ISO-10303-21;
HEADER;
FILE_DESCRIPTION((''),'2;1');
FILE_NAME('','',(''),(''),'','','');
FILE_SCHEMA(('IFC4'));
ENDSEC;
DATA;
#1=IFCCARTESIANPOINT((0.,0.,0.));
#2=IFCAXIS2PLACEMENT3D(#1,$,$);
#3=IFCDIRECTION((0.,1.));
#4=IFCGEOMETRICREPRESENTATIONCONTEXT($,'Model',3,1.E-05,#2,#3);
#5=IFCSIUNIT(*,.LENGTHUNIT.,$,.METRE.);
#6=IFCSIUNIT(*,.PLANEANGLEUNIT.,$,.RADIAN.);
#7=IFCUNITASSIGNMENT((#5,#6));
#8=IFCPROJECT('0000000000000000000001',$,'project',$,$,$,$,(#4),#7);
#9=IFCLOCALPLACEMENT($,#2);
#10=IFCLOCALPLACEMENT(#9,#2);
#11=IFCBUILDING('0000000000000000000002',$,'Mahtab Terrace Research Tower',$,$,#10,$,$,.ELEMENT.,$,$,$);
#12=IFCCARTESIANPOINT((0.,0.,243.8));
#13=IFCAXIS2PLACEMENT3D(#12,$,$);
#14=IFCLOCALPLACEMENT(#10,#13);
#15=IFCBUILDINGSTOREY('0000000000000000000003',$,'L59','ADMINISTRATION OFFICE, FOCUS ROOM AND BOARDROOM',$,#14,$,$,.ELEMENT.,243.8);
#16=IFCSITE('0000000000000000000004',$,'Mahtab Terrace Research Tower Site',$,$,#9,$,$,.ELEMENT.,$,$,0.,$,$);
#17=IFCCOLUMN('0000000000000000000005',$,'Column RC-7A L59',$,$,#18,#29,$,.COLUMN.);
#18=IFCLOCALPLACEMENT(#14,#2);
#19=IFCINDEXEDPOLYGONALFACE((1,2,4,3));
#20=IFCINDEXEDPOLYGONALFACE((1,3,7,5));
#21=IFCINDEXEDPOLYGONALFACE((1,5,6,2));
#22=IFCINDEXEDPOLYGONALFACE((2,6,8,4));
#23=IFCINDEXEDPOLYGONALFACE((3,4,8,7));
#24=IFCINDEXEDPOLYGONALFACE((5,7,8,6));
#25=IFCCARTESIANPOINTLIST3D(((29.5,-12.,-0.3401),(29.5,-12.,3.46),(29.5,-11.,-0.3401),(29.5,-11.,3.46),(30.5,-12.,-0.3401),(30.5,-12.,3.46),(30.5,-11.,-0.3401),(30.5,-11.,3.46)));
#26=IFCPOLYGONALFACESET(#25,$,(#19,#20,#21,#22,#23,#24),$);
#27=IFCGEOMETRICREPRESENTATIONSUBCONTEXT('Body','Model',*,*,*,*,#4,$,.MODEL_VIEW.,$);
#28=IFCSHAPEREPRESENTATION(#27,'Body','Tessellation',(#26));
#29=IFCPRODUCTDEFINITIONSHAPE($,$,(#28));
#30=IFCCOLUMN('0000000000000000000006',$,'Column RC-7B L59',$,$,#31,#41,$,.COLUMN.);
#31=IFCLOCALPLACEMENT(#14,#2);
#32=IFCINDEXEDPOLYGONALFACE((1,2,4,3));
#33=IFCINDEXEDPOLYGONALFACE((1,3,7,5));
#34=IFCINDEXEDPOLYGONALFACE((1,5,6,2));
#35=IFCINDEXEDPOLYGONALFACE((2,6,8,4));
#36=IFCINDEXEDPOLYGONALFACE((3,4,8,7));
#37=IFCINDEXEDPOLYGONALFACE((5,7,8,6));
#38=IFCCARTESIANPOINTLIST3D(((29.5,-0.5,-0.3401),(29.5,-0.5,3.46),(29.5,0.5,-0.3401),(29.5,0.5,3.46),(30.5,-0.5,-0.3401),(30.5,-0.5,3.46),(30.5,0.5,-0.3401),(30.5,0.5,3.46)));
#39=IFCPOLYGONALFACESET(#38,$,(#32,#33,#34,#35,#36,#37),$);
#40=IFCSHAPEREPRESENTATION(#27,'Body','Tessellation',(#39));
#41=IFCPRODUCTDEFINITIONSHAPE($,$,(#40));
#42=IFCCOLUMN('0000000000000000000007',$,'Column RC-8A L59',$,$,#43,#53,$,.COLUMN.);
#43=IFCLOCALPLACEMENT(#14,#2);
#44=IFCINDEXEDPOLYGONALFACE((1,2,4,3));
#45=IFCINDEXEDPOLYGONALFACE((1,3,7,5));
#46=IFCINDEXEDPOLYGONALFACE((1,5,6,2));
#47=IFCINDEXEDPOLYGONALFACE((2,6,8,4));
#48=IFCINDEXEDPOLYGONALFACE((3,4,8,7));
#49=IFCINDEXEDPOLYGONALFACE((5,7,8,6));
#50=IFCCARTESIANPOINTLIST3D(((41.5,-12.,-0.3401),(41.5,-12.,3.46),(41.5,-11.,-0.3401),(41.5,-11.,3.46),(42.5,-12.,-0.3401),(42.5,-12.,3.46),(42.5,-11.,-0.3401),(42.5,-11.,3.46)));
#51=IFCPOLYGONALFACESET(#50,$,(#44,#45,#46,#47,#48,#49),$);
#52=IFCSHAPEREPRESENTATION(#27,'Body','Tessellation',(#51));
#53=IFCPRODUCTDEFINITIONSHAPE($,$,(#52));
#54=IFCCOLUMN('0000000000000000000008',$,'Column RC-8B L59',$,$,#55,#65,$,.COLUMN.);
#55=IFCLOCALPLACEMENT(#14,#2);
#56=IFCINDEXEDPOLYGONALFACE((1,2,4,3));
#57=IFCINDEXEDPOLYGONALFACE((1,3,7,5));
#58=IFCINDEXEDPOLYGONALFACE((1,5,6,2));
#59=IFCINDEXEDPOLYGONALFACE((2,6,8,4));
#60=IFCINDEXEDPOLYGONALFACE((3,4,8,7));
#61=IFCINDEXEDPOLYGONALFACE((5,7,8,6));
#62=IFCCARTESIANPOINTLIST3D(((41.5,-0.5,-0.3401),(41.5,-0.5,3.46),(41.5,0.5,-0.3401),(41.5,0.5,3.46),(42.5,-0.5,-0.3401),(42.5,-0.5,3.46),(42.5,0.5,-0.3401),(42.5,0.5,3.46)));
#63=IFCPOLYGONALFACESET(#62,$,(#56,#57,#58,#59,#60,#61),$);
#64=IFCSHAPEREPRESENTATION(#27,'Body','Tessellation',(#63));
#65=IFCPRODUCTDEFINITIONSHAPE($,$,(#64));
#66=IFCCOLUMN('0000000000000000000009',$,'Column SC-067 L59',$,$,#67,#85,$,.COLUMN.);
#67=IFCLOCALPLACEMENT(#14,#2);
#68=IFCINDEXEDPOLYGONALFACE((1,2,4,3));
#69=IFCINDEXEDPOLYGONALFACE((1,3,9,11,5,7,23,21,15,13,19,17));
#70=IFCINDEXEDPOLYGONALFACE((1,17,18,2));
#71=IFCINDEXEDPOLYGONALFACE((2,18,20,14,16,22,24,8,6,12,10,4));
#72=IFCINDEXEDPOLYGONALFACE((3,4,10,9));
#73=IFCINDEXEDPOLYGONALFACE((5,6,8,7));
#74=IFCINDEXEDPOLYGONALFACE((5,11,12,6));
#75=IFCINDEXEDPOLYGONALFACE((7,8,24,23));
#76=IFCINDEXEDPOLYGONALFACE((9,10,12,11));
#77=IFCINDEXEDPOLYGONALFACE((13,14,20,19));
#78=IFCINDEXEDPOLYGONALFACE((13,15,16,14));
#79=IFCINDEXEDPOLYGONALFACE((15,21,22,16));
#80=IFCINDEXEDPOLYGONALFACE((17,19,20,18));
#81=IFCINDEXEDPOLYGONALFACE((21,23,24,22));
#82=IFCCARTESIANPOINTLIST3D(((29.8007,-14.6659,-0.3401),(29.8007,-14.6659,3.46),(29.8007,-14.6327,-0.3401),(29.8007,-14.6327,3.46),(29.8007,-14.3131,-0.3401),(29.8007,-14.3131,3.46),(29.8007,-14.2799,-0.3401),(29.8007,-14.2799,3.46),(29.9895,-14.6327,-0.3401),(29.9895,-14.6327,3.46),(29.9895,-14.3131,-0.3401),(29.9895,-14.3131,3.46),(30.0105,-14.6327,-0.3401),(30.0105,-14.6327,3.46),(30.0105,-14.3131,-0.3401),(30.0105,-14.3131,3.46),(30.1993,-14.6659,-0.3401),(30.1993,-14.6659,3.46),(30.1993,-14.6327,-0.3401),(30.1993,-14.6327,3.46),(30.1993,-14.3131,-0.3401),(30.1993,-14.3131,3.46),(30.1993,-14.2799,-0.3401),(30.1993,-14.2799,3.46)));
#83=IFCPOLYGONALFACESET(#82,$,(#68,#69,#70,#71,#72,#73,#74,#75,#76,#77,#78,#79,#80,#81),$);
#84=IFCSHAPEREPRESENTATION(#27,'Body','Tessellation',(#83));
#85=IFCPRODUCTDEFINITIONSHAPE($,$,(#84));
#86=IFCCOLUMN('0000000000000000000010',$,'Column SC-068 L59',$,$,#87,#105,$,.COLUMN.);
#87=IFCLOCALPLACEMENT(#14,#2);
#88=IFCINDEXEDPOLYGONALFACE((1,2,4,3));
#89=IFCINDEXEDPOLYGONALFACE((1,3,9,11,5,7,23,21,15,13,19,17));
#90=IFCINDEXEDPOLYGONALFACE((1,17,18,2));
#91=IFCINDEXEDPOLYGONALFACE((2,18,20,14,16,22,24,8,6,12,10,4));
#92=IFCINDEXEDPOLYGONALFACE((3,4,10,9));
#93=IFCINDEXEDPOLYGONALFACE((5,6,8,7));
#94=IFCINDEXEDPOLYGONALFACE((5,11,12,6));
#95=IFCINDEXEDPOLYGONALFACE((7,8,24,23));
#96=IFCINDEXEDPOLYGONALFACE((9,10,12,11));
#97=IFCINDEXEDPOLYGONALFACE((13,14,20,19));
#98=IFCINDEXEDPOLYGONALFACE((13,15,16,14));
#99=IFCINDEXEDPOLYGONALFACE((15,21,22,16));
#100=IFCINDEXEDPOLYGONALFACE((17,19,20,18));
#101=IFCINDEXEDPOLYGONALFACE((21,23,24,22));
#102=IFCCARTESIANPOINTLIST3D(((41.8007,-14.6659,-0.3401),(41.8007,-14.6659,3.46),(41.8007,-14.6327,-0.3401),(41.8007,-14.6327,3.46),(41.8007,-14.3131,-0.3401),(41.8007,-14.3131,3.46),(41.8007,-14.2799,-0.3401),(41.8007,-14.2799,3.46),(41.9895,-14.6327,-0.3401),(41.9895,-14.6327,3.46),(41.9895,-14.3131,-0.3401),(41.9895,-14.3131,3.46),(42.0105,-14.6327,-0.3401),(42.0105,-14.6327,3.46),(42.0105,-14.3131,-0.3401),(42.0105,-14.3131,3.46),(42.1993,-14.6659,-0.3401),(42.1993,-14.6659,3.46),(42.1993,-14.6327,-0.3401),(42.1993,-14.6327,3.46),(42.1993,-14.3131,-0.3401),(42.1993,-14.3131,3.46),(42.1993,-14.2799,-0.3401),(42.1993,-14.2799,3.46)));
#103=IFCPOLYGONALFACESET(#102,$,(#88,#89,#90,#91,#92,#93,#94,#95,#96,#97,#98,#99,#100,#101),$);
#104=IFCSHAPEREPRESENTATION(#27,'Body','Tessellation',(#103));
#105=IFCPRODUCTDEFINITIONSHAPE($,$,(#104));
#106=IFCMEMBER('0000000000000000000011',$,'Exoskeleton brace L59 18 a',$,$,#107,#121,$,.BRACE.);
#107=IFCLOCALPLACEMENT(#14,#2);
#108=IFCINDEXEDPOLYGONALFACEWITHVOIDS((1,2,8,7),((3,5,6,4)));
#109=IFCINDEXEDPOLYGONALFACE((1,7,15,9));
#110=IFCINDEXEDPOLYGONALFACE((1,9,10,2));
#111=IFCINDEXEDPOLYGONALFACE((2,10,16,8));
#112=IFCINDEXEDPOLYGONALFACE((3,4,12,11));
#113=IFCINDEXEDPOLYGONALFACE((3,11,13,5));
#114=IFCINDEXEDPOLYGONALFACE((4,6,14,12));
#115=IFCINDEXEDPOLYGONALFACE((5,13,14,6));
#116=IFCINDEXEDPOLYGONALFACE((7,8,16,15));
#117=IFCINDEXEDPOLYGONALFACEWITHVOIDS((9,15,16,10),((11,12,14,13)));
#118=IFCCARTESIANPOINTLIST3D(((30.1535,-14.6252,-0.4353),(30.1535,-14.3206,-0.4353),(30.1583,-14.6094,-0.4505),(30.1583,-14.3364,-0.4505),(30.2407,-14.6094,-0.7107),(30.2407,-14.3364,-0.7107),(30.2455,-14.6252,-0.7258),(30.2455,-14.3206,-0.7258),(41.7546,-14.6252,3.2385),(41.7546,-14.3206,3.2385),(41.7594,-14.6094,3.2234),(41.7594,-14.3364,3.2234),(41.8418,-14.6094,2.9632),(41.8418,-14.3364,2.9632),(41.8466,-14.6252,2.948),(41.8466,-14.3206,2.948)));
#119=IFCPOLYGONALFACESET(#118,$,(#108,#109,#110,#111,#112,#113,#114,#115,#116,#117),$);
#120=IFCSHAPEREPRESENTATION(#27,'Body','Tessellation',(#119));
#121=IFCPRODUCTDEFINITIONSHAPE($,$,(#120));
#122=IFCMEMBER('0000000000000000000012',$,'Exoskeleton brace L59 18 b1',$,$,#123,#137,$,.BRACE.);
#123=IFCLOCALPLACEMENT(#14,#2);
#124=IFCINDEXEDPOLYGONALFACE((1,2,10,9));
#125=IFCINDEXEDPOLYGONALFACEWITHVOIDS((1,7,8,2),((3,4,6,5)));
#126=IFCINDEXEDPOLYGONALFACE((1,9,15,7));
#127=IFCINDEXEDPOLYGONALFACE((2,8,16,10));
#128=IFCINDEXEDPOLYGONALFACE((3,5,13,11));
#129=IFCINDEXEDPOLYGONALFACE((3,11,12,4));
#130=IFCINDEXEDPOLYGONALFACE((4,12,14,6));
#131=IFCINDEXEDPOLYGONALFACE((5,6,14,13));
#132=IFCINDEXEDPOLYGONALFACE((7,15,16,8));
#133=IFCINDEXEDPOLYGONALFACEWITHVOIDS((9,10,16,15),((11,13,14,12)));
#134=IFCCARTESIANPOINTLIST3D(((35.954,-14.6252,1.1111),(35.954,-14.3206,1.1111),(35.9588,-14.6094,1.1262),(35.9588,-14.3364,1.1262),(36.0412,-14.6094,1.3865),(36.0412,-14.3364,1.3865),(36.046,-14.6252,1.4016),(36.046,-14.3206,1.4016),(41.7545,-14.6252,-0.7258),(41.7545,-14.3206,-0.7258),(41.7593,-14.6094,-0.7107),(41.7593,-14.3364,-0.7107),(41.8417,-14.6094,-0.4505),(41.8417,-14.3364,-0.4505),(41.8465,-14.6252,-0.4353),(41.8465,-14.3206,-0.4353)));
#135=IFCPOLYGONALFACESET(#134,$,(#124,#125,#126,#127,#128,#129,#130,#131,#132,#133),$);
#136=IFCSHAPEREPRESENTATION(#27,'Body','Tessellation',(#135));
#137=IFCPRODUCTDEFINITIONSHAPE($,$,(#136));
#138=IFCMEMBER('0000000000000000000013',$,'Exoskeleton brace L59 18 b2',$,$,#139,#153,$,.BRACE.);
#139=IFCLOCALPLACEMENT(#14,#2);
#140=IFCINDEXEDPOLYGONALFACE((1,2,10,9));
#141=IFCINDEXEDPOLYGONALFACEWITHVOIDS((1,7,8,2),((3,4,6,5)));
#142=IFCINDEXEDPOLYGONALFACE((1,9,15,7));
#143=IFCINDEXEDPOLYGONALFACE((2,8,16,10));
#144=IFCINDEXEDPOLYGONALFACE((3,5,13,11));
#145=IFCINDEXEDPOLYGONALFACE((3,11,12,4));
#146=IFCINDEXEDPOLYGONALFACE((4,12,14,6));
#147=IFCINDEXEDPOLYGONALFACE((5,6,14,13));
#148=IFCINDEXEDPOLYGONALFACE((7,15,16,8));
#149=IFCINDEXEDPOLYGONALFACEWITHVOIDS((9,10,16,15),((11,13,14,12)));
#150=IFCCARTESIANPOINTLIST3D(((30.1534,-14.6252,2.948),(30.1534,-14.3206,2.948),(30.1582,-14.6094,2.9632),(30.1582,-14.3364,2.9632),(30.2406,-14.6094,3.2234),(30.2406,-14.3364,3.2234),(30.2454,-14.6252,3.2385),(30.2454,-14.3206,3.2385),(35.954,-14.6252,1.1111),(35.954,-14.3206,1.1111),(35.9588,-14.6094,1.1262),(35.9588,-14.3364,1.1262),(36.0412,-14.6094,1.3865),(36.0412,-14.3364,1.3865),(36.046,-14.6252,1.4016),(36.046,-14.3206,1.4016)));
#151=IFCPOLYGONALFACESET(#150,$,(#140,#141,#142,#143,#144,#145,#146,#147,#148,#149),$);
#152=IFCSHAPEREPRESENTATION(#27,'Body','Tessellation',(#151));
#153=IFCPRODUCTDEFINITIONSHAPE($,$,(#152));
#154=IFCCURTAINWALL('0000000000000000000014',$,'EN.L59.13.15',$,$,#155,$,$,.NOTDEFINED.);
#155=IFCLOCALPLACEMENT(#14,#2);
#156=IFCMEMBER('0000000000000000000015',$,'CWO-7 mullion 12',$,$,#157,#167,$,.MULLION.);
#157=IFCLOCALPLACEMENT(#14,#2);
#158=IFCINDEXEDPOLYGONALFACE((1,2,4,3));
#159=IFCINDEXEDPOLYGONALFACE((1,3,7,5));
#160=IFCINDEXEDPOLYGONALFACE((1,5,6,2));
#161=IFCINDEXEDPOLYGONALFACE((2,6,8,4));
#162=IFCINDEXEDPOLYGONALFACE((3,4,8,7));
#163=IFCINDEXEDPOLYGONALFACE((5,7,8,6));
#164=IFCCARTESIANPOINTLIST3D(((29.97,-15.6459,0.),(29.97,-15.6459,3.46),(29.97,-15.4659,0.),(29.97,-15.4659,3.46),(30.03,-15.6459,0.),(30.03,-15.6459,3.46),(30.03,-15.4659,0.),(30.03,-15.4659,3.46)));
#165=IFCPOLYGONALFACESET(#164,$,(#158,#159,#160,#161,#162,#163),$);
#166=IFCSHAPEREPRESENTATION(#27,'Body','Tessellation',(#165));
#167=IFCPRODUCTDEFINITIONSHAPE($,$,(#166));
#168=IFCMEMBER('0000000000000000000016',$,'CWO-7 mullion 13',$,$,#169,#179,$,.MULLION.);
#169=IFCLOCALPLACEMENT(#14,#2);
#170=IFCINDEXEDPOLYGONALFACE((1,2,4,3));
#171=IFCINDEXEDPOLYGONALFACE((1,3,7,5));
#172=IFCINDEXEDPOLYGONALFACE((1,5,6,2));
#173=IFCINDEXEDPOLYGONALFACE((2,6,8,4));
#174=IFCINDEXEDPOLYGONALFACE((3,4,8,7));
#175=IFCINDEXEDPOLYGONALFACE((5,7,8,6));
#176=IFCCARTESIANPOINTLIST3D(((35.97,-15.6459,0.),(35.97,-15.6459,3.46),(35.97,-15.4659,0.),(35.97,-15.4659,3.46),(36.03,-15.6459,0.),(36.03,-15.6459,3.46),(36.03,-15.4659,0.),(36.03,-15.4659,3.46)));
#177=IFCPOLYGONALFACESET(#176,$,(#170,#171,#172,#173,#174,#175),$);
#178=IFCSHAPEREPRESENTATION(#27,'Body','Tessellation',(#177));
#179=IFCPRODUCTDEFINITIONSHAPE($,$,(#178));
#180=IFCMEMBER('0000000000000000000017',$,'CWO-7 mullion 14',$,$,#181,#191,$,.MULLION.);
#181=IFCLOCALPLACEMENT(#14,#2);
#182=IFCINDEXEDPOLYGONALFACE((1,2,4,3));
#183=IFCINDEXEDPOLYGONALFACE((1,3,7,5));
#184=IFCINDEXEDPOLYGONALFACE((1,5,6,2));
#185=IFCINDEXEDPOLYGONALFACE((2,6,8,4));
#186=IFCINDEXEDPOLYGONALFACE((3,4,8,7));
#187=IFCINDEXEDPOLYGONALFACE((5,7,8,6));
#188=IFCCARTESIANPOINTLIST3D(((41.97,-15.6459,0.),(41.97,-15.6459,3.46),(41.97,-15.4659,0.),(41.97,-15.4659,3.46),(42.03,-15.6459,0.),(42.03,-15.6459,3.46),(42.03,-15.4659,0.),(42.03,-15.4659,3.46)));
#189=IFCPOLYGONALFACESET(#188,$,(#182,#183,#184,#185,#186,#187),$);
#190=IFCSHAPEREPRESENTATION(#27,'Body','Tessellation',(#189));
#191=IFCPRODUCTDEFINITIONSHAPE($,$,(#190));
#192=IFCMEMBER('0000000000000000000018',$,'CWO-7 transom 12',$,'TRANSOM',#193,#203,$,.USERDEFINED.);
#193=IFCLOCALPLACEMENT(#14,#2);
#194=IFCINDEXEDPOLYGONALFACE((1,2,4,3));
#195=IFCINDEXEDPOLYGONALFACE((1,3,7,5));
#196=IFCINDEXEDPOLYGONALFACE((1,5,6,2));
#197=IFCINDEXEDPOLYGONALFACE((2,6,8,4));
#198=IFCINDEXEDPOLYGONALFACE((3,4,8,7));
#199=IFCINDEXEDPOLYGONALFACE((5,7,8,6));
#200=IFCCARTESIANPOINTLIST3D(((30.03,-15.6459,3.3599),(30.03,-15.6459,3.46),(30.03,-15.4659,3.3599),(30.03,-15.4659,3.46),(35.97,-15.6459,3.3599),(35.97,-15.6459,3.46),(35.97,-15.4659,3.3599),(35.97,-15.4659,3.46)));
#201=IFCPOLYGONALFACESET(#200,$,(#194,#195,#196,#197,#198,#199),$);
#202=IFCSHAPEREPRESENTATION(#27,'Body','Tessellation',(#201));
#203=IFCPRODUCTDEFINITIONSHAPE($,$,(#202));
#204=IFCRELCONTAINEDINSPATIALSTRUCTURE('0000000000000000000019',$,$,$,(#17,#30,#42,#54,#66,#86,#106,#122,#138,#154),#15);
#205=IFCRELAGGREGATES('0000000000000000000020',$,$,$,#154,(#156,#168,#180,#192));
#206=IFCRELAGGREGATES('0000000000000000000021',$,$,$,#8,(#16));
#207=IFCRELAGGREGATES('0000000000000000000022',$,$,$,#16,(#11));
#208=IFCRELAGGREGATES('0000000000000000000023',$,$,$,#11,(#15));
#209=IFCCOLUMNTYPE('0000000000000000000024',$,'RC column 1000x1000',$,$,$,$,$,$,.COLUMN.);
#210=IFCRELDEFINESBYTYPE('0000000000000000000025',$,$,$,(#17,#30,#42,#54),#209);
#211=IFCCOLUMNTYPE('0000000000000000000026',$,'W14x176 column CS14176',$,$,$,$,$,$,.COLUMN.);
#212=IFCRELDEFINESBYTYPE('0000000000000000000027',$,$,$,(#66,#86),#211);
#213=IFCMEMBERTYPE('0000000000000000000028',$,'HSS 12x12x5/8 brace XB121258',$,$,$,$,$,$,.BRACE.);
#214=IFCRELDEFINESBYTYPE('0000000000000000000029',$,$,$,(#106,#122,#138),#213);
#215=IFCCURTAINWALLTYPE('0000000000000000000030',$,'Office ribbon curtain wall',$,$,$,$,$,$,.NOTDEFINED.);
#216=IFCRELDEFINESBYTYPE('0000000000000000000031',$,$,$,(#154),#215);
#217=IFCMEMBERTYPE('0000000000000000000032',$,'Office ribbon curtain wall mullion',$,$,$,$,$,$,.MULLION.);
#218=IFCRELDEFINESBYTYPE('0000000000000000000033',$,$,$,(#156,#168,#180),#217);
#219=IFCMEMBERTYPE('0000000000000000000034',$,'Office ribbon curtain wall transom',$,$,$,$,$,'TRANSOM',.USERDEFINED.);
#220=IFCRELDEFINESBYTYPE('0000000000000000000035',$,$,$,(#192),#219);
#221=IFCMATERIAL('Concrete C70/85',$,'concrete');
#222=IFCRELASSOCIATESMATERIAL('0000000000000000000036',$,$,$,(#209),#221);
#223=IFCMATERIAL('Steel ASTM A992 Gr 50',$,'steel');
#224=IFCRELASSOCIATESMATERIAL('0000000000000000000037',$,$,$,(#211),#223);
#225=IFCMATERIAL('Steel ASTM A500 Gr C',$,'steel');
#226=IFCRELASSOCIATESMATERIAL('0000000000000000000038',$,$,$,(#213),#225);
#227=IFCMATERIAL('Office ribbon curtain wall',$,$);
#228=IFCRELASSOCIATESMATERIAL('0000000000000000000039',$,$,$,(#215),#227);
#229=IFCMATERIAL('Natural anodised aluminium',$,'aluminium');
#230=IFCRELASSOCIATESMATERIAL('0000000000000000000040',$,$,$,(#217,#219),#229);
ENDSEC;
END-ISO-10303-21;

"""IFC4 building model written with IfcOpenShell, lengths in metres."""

from ifc_helpers import new_model, si_unit, direction, frame, origin, origin_2d, place, context, subcontext, project, spatial, rectangle, hollow_rectangle, i_section, extrude, material, material_profile, profile_set, type_object, element, aggregate, save


model = new_model("IFC4")

# Units and contexts
model_context = context("Model", 3, precision=1e-05, world=origin(), true_north=direction((0.0, 1.0)))
body_context = subcontext(model_context, "Body", "Model", "MODEL_VIEW")
ifc_project = project(units=[si_unit("LENGTHUNIT", "METRE"), si_unit("PLANEANGLEUNIT", "RADIAN")], contexts=[model_context])

# Site, building, storey
site_placement = place(None, origin())
site = spatial("IfcSite", under=ifc_project, at=site_placement, Name="Mahtab Terrace Research Tower Site", CompositionType="ELEMENT", RefElevation=0.0)
building_placement = place(site_placement, origin())
building = spatial("IfcBuilding", under=site, at=building_placement, Name="Mahtab Terrace Research Tower", CompositionType="ELEMENT")
storey_placement = place(building_placement, frame((0.0, 0.0, 243.8)))
storey = spatial("IfcBuildingStorey", under=building, at=storey_placement, Name="L59", Description="ADMINISTRATION OFFICE, FOCUS ROOM AND BOARDROOM", CompositionType="ELEMENT", Elevation=243.8)

# Columns
ifc_material_1 = material(Name="Concrete C70/85", Category="concrete")
ifc_material_profile_1 = material_profile(ifc_material_1, rectangle(XDim=1.0, YDim=1.0, at=origin_2d()), Name="RC column 1000x1000")
ifc_profile_set_1 = profile_set([ifc_material_profile_1], Name="Concrete C70/85")
column_type_1 = type_object("IfcColumnType", Name="RC column 1000x1000", PredefinedType="COLUMN", material=ifc_profile_set_1)
for number, where, z_axis, x_axis, name in (
    (1, (30.0, -11.5, -0.3401), (0.0, 0.0, 1.0), (1.0, 0.0, 0.0), "Column RC-7A L59"),
    (2, (30.0, 0.0, -0.3401), (0.0, 0.0, 1.0), (1.0, 0.0, 0.0), "Column RC-7B L59"),
    (3, (42.0, -11.5, -0.3401), (0.0, 0.0, 1.0), (1.0, 0.0, 0.0), "Column RC-8A L59"),
    (4, (42.0, 0.0, -0.3401), (0.0, 0.0, 1.0), (1.0, 0.0, 0.0), "Column RC-8B L59"),
):
    element("IfcColumn", number, at=place(storey_placement, frame(where, z_axis=z_axis, x_axis=x_axis)), inside=storey, type_object=column_type_1, Name=name, PredefinedType="COLUMN", context=body_context, shape_type="SweptSolid", body=[
        extrude(rectangle(XDim=1.0, YDim=1.0, at=origin_2d()), origin(), (0.0, 0.0, 1.0), 3.8),
    ])
ifc_material_2 = material(Name="Steel ASTM A992 Gr 50", Category="steel")
ifc_material_profile_2 = material_profile(ifc_material_2, i_section(OverallWidth=0.3987, OverallDepth=0.386, WebThickness=0.021, FlangeThickness=0.0332, at=origin_2d()), Name="W14X176")
ifc_profile_set_2 = profile_set([ifc_material_profile_2], Name="Steel ASTM A992 Gr 50")
column_type_2 = type_object("IfcColumnType", Name="W14x176 column CS14176", PredefinedType="COLUMN", material=ifc_profile_set_2)
for number, where, z_axis, x_axis, name in (
    (5, (30.0, -14.4729, -0.3401), (0.0, 0.0, 1.0), (1.0, 0.0, 0.0), "Column SC-067 L59"),
    (6, (42.0, -14.4729, -0.3401), (0.0, 0.0, 1.0), (1.0, 0.0, 0.0), "Column SC-068 L59"),
):
    element("IfcColumn", number, at=place(storey_placement, frame(where, z_axis=z_axis, x_axis=x_axis)), inside=storey, type_object=column_type_2, Name=name, PredefinedType="COLUMN", context=body_context, shape_type="SweptSolid", body=[
        extrude(i_section(OverallWidth=0.3987, OverallDepth=0.386, WebThickness=0.021, FlangeThickness=0.0332, at=origin_2d()), origin(), (0.0, 0.0, 1.0), 3.8),
    ])

# Members
ifc_material_3 = material(Name="Steel ASTM A500 Gr C", Category="steel")
ifc_material_profile_3 = material_profile(ifc_material_3, hollow_rectangle(XDim=0.3047, YDim=0.3047, WallThickness=0.0159, at=origin_2d()), Name="HSS12X12X5/8")
ifc_profile_set_3 = profile_set([ifc_material_profile_3], Name="Steel ASTM A500 Gr C")
member_type_1 = type_object("IfcMemberType", Name="HSS 12x12x5/8 brace XB121258", PredefinedType="BRACE", material=ifc_profile_set_3)
member_1_placement = place(storey_placement, frame((30.1995, -14.4729, -0.5806), z_axis=(0.953339, 0.0, 0.301903), x_axis=(0.0, 1.0, 0.0)))
element("IfcMember", 7, at=member_1_placement, inside=storey, type_object=member_type_1, Name="Exoskeleton brace L59 18 a", PredefinedType="BRACE", context=body_context, shape_type="SweptSolid", body=[
    extrude(hollow_rectangle(XDim=0.3047, YDim=0.3047, WallThickness=0.0159, at=origin_2d()), origin(), (0.0, 0.0, 1.0), 12.1689),
])
for number, where, z_axis, x_axis, name in (
    (8, (41.8005, -14.4729, -0.5806), (-0.953339, 0.0, 0.301903), (0.0, -1.0, 0.0), "Exoskeleton brace L59 18 b1"),
    (9, (36.0, -14.4729, 1.2563), (-0.953339, 0.0, 0.301903), (0.0, -1.0, 0.0), "Exoskeleton brace L59 18 b2"),
):
    element("IfcMember", number, at=place(storey_placement, frame(where, z_axis=z_axis, x_axis=x_axis)), inside=storey, type_object=member_type_1, Name=name, PredefinedType="BRACE", context=body_context, shape_type="SweptSolid", body=[
        extrude(hollow_rectangle(XDim=0.3047, YDim=0.3047, WallThickness=0.0159, at=origin_2d()), origin(), (0.0, 0.0, 1.0), 6.0845),
    ])

# Curtain wall, members
ifc_material_4 = material(Name="Office ribbon curtain wall")
curtain_wall_type = type_object("IfcCurtainWallType", Name="Office ribbon curtain wall", PredefinedType="NOTDEFINED", material=ifc_material_4)
curtain_wall_placement = place(storey_placement, origin())
curtain_wall = element("IfcCurtainWall", 10, at=curtain_wall_placement, inside=storey, type_object=curtain_wall_type, Name="EN.L59.13.15", PredefinedType="NOTDEFINED")
ifc_material_5 = material(Name="Natural anodised aluminium", Category="aluminium")
ifc_material_profile_4 = material_profile(ifc_material_5, rectangle(XDim=0.1799, YDim=0.0601, at=origin_2d()), Name="MULLION 60x180")
ifc_profile_set_4 = profile_set([ifc_material_profile_4], Name="Natural anodised aluminium")
member_type_2 = type_object("IfcMemberType", Name="Office ribbon curtain wall mullion", PredefinedType="MULLION", material=ifc_profile_set_4)
member_2_placement = place(storey_placement, frame((30.0, -15.5559, 0.0), z_axis=(0.0, 0.0, 1.0), x_axis=(0.0, 1.0, 0.0)))
member_2 = element("IfcMember", 11, at=member_2_placement, type_object=member_type_2, Name="CWO-7 mullion 12", PredefinedType="MULLION", context=body_context, shape_type="SweptSolid", body=[
    extrude(rectangle(XDim=0.1799, YDim=0.0601, at=origin_2d()), origin(), (0.0, 0.0, 1.0), 3.46),
])
member_3_placement = place(storey_placement, frame((36.0, -15.5559, 0.0), z_axis=(0.0, 0.0, 1.0), x_axis=(0.0, 1.0, 0.0)))
member_3 = element("IfcMember", 12, at=member_3_placement, type_object=member_type_2, Name="CWO-7 mullion 13", PredefinedType="MULLION", context=body_context, shape_type="SweptSolid", body=[
    extrude(rectangle(XDim=0.1799, YDim=0.0601, at=origin_2d()), origin(), (0.0, 0.0, 1.0), 3.46),
])
member_4_placement = place(storey_placement, frame((42.0, -15.5559, 0.0), z_axis=(0.0, 0.0, 1.0), x_axis=(0.0, 1.0, 0.0)))
member_4 = element("IfcMember", 13, at=member_4_placement, type_object=member_type_2, Name="CWO-7 mullion 14", PredefinedType="MULLION", context=body_context, shape_type="SweptSolid", body=[
    extrude(rectangle(XDim=0.1799, YDim=0.0601, at=origin_2d()), origin(), (0.0, 0.0, 1.0), 3.46),
])
ifc_material_profile_5 = material_profile(ifc_material_5, rectangle(XDim=0.1799, YDim=0.1001, at=origin_2d()), Name="TRANSOM 100x180")
ifc_profile_set_5 = profile_set([ifc_material_profile_5], Name="Natural anodised aluminium")
member_type_3 = type_object("IfcMemberType", Name="Office ribbon curtain wall transom", ElementType="TRANSOM", PredefinedType="USERDEFINED", material=ifc_profile_set_5)
member_5_placement = place(storey_placement, frame((30.03, -15.5559, 3.4099), z_axis=(1.0, 0.0, 0.0), x_axis=(0.0, 1.0, 0.0)))
member_5 = element("IfcMember", 14, at=member_5_placement, type_object=member_type_3, Name="CWO-7 transom 12", ObjectType="TRANSOM", PredefinedType="USERDEFINED", context=body_context, shape_type="SweptSolid", body=[
    extrude(rectangle(XDim=0.1799, YDim=0.1001, at=origin_2d()), origin(), (0.0, 0.0, 1.0), 5.9399),
])

aggregate(curtain_wall, [member_2, member_3, member_4, member_5])

save(model, "model.ifc")
